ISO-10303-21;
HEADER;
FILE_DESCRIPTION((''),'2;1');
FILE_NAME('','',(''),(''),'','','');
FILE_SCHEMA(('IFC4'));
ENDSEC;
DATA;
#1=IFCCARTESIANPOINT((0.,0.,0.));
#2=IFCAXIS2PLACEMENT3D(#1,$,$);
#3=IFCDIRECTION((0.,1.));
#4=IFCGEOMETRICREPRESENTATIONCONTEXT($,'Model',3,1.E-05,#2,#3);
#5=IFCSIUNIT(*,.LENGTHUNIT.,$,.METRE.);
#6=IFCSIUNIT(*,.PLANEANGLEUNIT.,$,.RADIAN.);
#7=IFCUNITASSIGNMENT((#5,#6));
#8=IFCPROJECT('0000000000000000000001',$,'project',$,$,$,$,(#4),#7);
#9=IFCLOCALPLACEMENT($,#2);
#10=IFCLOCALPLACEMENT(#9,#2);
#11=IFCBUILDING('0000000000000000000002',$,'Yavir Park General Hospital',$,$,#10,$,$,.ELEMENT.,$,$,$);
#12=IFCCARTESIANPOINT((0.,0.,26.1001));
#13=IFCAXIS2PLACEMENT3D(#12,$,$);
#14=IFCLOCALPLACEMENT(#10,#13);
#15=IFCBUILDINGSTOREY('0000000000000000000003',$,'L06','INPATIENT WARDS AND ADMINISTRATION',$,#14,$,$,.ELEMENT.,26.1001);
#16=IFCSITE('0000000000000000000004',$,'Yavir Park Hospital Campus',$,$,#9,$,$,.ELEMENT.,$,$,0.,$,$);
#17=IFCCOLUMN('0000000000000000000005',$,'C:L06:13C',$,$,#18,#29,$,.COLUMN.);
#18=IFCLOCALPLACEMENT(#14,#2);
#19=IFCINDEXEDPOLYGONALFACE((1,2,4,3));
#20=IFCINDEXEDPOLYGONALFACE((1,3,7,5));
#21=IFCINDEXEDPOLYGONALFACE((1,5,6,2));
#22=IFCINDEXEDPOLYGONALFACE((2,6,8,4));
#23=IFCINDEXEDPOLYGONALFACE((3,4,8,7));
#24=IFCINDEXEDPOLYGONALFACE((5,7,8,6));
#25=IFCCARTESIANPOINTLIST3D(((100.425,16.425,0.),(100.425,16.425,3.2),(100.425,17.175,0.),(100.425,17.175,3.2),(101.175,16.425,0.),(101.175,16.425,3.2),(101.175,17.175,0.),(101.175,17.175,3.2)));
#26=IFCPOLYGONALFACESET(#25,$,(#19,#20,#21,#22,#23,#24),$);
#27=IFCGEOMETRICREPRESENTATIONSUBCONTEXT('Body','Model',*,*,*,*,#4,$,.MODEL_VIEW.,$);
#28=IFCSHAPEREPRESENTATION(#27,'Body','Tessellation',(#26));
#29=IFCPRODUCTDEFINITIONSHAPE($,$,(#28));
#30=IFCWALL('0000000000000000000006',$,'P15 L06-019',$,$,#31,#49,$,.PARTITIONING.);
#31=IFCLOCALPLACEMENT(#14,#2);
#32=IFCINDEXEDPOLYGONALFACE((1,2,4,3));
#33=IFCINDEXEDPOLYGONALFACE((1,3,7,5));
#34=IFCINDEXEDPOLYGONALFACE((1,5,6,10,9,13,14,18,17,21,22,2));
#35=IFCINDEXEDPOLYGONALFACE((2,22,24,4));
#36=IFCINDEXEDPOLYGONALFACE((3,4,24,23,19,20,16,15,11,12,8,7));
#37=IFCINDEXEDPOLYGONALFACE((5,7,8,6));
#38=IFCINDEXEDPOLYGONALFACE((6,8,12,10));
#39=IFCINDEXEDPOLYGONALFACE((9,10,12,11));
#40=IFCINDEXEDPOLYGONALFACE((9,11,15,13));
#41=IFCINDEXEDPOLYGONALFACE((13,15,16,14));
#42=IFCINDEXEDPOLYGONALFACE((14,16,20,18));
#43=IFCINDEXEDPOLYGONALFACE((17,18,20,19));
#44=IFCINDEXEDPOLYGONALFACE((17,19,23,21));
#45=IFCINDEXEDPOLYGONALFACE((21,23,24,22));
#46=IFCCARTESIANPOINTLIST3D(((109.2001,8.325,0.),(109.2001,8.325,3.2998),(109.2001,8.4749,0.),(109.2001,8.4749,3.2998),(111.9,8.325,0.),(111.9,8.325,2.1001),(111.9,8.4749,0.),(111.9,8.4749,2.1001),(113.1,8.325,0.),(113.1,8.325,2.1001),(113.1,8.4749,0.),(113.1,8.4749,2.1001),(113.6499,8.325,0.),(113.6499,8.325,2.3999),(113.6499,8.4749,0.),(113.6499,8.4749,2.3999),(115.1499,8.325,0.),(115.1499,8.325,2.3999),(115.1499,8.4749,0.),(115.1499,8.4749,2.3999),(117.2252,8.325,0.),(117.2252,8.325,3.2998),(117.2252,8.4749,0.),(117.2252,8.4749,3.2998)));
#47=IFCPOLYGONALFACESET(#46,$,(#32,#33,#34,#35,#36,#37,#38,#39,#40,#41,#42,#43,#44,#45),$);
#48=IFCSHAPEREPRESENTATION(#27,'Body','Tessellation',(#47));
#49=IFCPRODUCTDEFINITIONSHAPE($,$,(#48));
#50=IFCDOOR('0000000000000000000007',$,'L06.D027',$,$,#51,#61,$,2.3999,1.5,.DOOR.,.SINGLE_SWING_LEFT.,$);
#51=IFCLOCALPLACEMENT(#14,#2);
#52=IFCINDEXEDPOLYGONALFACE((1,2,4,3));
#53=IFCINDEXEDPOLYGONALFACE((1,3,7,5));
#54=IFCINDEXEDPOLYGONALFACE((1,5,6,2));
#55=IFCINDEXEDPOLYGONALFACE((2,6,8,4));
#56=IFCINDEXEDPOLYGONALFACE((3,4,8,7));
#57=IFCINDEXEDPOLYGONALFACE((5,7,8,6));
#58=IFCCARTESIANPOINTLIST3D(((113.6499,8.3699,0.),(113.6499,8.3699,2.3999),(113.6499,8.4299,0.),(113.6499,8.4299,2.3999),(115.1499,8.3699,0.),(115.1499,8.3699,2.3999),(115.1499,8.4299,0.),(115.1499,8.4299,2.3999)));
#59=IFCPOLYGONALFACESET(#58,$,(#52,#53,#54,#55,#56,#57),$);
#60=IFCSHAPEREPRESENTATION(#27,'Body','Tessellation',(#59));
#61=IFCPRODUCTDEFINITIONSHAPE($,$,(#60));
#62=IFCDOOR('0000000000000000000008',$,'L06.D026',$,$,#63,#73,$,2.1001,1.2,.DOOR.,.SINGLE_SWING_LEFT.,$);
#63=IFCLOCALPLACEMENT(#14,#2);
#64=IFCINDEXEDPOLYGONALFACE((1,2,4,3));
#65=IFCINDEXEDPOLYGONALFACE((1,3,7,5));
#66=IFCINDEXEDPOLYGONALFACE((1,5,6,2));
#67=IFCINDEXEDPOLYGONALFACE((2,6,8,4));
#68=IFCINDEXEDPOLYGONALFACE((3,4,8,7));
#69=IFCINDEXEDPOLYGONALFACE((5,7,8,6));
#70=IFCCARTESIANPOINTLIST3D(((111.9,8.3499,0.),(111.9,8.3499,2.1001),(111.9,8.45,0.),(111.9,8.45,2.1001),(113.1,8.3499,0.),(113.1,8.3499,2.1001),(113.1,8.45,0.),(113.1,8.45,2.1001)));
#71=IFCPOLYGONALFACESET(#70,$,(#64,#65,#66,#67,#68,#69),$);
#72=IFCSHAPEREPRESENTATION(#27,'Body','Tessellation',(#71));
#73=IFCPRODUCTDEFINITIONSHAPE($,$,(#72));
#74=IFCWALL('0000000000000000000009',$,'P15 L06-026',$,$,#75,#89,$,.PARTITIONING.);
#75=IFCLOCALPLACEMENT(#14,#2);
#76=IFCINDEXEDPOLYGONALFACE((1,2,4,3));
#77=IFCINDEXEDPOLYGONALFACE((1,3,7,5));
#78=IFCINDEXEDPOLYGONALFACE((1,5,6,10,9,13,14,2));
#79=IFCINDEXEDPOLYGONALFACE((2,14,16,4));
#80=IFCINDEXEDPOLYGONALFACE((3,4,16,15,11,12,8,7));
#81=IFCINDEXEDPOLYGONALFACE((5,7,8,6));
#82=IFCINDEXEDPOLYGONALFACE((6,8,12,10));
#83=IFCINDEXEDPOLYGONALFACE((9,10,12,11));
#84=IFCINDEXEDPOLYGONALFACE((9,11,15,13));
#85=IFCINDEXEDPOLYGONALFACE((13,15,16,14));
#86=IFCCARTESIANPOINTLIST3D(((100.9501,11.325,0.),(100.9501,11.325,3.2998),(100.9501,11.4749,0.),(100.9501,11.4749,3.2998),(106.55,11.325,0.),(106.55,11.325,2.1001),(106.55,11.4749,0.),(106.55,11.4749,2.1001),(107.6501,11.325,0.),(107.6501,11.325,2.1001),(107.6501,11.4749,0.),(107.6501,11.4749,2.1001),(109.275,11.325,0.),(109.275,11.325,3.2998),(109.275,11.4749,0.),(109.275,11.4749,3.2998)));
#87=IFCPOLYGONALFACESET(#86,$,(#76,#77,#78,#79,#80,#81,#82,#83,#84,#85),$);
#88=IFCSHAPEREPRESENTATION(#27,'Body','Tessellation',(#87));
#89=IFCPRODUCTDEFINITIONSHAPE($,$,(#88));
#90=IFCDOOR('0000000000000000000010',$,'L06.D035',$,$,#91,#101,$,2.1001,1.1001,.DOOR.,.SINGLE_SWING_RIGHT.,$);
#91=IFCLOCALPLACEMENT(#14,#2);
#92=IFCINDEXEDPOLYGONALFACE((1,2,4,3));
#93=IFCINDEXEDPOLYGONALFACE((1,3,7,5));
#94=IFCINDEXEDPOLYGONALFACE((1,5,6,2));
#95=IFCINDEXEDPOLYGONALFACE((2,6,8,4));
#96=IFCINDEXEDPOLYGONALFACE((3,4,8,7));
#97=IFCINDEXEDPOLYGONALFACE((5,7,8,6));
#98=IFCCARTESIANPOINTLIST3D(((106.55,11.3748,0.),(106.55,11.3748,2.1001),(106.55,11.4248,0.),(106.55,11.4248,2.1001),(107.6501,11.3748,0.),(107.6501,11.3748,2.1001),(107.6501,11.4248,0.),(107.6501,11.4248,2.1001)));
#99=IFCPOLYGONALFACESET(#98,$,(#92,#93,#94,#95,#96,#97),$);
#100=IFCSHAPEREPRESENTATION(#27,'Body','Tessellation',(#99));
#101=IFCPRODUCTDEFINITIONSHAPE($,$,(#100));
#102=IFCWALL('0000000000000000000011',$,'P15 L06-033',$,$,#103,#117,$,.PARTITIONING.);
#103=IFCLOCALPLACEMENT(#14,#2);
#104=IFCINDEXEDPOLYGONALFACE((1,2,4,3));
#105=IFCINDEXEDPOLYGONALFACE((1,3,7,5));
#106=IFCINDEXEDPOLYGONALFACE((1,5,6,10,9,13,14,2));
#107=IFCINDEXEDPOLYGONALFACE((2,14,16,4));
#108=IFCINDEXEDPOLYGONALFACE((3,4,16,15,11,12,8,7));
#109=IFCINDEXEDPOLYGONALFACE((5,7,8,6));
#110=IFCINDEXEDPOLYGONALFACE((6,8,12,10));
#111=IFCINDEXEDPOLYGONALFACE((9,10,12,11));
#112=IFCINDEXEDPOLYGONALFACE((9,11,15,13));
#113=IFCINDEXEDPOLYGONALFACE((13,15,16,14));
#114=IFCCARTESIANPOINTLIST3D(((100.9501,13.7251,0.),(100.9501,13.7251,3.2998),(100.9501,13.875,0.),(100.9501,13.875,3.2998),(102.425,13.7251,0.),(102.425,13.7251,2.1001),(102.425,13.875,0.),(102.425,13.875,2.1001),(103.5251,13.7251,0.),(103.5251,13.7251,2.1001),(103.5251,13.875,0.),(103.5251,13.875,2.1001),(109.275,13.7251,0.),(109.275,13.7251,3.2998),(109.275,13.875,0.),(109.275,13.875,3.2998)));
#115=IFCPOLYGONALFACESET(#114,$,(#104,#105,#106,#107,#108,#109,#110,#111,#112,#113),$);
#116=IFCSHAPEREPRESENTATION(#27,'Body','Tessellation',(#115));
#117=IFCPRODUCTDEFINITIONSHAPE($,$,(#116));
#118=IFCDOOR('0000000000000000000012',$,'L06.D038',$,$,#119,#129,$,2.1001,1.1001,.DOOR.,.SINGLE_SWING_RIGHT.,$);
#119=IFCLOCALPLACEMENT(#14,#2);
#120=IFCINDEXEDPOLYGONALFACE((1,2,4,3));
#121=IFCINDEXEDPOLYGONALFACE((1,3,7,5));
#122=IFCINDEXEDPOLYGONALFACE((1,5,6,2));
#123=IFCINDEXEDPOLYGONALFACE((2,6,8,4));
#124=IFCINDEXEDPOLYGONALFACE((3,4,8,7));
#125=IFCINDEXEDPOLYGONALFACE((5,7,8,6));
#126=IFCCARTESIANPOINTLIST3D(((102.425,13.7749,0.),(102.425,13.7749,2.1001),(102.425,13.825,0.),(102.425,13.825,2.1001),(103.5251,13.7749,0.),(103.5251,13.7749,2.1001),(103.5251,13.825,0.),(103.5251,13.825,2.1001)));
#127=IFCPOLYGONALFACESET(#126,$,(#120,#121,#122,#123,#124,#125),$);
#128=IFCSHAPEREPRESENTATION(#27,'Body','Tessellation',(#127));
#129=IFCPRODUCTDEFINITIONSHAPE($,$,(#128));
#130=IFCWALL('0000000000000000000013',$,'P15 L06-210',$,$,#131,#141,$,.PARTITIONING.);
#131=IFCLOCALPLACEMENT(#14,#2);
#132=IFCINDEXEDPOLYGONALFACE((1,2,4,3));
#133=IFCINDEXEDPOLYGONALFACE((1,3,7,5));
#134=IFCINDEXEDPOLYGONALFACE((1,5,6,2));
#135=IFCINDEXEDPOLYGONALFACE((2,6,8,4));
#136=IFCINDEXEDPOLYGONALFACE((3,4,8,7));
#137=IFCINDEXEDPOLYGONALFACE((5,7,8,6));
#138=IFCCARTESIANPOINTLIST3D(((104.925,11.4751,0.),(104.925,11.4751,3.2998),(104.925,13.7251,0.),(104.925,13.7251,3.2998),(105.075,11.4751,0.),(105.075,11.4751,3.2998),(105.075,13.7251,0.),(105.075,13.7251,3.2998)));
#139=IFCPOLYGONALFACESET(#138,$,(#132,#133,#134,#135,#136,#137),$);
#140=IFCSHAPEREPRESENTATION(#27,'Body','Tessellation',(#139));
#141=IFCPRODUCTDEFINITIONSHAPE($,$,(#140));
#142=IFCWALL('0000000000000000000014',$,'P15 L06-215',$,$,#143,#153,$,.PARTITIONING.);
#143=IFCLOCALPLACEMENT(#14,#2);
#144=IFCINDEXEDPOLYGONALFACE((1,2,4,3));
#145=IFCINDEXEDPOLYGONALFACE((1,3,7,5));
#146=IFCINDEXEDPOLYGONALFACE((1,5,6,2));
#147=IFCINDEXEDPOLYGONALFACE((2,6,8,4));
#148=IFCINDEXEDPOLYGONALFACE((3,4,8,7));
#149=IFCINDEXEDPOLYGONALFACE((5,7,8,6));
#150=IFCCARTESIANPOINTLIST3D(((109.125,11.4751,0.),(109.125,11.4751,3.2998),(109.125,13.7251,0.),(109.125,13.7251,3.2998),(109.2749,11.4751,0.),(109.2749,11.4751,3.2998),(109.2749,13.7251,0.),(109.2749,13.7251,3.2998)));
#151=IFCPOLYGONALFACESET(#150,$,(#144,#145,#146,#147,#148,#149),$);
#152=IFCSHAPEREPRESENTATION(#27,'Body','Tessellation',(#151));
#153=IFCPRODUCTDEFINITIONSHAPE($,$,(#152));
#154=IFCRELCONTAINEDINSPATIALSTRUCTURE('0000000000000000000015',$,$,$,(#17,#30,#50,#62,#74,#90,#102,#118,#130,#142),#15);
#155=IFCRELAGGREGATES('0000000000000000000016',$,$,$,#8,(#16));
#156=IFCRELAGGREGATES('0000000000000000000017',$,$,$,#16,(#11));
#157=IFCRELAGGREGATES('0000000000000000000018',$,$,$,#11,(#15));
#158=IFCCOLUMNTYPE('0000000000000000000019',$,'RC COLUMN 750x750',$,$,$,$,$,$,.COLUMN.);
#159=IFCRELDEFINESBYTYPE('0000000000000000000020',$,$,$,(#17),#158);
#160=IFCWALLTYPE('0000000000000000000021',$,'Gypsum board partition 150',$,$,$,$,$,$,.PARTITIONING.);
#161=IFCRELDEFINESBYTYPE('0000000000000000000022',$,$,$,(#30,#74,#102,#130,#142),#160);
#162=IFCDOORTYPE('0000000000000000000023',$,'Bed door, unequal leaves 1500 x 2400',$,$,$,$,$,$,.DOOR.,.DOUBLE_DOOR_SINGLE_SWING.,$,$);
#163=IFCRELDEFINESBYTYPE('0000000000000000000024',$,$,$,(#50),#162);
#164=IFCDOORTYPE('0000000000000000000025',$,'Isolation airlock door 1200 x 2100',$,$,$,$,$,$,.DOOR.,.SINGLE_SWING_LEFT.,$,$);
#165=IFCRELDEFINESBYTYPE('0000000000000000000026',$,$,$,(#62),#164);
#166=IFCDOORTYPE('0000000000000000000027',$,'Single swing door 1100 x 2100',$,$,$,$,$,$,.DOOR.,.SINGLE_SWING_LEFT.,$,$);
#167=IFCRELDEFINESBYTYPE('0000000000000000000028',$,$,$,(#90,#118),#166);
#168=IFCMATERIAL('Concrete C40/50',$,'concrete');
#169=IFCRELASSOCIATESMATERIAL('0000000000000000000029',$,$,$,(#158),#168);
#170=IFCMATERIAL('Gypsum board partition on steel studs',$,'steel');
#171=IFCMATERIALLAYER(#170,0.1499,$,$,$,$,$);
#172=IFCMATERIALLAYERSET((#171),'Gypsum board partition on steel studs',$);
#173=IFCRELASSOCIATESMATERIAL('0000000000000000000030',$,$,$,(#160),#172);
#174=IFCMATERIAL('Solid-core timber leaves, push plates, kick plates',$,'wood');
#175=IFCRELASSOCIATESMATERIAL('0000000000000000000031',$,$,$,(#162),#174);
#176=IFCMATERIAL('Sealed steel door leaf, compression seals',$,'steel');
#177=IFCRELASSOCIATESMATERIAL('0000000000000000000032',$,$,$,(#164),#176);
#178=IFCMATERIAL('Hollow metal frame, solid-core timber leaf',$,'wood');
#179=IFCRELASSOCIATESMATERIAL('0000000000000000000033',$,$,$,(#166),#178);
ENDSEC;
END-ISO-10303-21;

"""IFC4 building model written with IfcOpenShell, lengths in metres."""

from ifc_helpers import new_model, si_unit, direction, frame, frame_2d, origin, origin_2d, place, context, subcontext, project, spatial, rectangle, extrude, material, layer, layer_set, material_profile, profile_set, type_object, element, fill, save


model = new_model("IFC4")

# Units and contexts
model_context = context("Model", 3, precision=1e-05, world=origin(), true_north=direction((0.0, 1.0)))
body_context = subcontext(model_context, "Body", "Model", "MODEL_VIEW")
ifc_project = project(units=[si_unit("LENGTHUNIT", "METRE"), si_unit("PLANEANGLEUNIT", "RADIAN")], contexts=[model_context])

# Site, building, storey
site_placement = place(None, origin())
site = spatial("IfcSite", under=ifc_project, at=site_placement, Name="Yavir Park Hospital Campus", CompositionType="ELEMENT", RefElevation=0.0)
building_placement = place(site_placement, origin())
building = spatial("IfcBuilding", under=site, at=building_placement, Name="Yavir Park General Hospital", CompositionType="ELEMENT")
storey_placement = place(building_placement, frame((0.0, 0.0, 26.1001)))
storey = spatial("IfcBuildingStorey", under=building, at=storey_placement, Name="L06", Description="INPATIENT WARDS AND ADMINISTRATION", CompositionType="ELEMENT", Elevation=26.1001)

# Column
ifc_material_1 = material(Name="Concrete C40/50", Category="concrete")
ifc_material_profile = material_profile(ifc_material_1, rectangle(XDim=0.75, YDim=0.75, at=origin_2d()), Name="RC750x750")
ifc_profile_set = profile_set([ifc_material_profile], Name="Concrete C40/50")
column_type = type_object("IfcColumnType", Name="RC COLUMN 750x750", PredefinedType="COLUMN", material=ifc_profile_set)
column_placement = place(storey_placement, frame((100.8, 16.8, 0.0), z_axis=(0.0, 0.0, 1.0), x_axis=(1.0, 0.0, 0.0)))
element("IfcColumn", 1, at=column_placement, inside=storey, type_object=column_type, Name="C:L06:13C", PredefinedType="COLUMN", context=body_context, shape_type="SweptSolid", body=[
    extrude(rectangle(XDim=0.75, YDim=0.75, at=origin_2d()), origin(), (0.0, 0.0, 1.0), 3.2),
])

# Wall, openings, doors
ifc_material_2 = material(Name="Gypsum board partition on steel studs", Category="steel")
ifc_layer_1 = layer(ifc_material_2, 0.1499)
ifc_layer_set_1 = layer_set([ifc_layer_1], Name="Gypsum board partition on steel studs")
wall_type_1 = type_object("IfcWallType", Name="Gypsum board partition 150", PredefinedType="PARTITIONING", material=ifc_layer_set_1)
wall_1_placement = place(storey_placement, frame((109.2, 8.3999, 0.0), z_axis=(0.0, 0.0, 1.0), x_axis=(1.0, 0.0, 0.0)))
wall_1 = element("IfcWall", 2, at=wall_1_placement, inside=storey, type_object=wall_type_1, Name="P15 L06-019", PredefinedType="PARTITIONING", context=body_context, shape_type="SweptSolid", body=[
    extrude(rectangle(XDim=8.0251, YDim=0.1499, at=frame_2d((4.0127, 0.0))), origin(), (0.0, 0.0, 1.0), 3.2998),
])
opening_1_placement = place(wall_1_placement, frame((2.7, 0.0, 0.0)))
opening_1 = element("IfcOpeningElement", 3, at=opening_1_placement, cuts=wall_1, PredefinedType="OPENING", context=body_context, shape_type="SweptSolid", body=[
    extrude(rectangle(XDim=1.2, YDim=2.1001, at=frame_2d((0.6001, 1.05))), frame((0.0, 0.085, 0.0), z_axis=(0.0, -1.0, 0.0), x_axis=(1.0, 0.0, 0.0)), (0.0, 0.0, 1.0), 0.1699),
])
opening_2_placement = place(wall_1_placement, frame((4.45, 0.0, 0.0)))
opening_2 = element("IfcOpeningElement", 4, at=opening_2_placement, cuts=wall_1, PredefinedType="OPENING", context=body_context, shape_type="SweptSolid", body=[
    extrude(rectangle(XDim=1.5, YDim=2.3999, at=frame_2d((0.75, 1.2))), frame((0.0, 0.085, 0.0), z_axis=(0.0, -1.0, 0.0), x_axis=(1.0, 0.0, 0.0)), (0.0, 0.0, 1.0), 0.1699),
])
ifc_material_3 = material(Name="Solid-core timber leaves, push plates, kick plates", Category="wood")
door_type_1 = type_object("IfcDoorType", Name="Bed door, unequal leaves 1500 x 2400", OperationType="DOUBLE_DOOR_SINGLE_SWING", PredefinedType="DOOR", material=ifc_material_3)
door_1_placement = place(opening_2_placement, origin())
door_1 = element("IfcDoor", 5, at=door_1_placement, inside=storey, type_object=door_type_1, Name="L06.D027", OperationType="SINGLE_SWING_LEFT", OverallHeight=2.3999, OverallWidth=1.5, PredefinedType="DOOR", context=body_context, shape_type="SweptSolid", body=[
    extrude(rectangle(XDim=1.5, YDim=2.3999, at=frame_2d((0.75, 1.2))), frame((0.0, 0.03, 0.0), z_axis=(0.0, -1.0, 0.0), x_axis=(1.0, 0.0, 0.0)), (0.0, 0.0, 1.0), 0.0601),
])
fill(opening_2, door_1)
ifc_material_4 = material(Name="Sealed steel door leaf, compression seals", Category="steel")
door_type_2 = type_object("IfcDoorType", Name="Isolation airlock door 1200 x 2100", OperationType="SINGLE_SWING_LEFT", PredefinedType="DOOR", material=ifc_material_4)
door_2_placement = place(opening_1_placement, origin())
door_2 = element("IfcDoor", 6, at=door_2_placement, inside=storey, type_object=door_type_2, Name="L06.D026", OperationType="SINGLE_SWING_LEFT", OverallHeight=2.1001, OverallWidth=1.2, PredefinedType="DOOR", context=body_context, shape_type="SweptSolid", body=[
    extrude(rectangle(XDim=1.2, YDim=2.1001, at=frame_2d((0.6001, 1.05))), frame((0.0, 0.05, 0.0), z_axis=(0.0, -1.0, 0.0), x_axis=(1.0, 0.0, 0.0)), (0.0, 0.0, 1.0), 0.1001),
])
fill(opening_1, door_2)

# Walls, openings, doors
wall_2_placement = place(storey_placement, frame((100.95, 11.3999, 0.0), z_axis=(0.0, 0.0, 1.0), x_axis=(1.0, 0.0, 0.0)))
wall_2 = element("IfcWall", 7, at=wall_2_placement, inside=storey, type_object=wall_type_1, Name="P15 L06-026", PredefinedType="PARTITIONING", context=body_context, shape_type="SweptSolid", body=[
    extrude(rectangle(XDim=8.325, YDim=0.1499, at=frame_2d((4.1626, 0.0))), origin(), (0.0, 0.0, 1.0), 3.2998),
])
opening_3_placement = place(wall_2_placement, frame((5.6001, 0.0, 0.0)))
opening_3 = element("IfcOpeningElement", 8, at=opening_3_placement, cuts=wall_2, PredefinedType="OPENING", context=body_context, shape_type="SweptSolid", body=[
    extrude(rectangle(XDim=1.1001, YDim=2.1001, at=frame_2d((0.55, 1.05))), frame((0.0, 0.085, 0.0), z_axis=(0.0, -1.0, 0.0), x_axis=(1.0, 0.0, 0.0)), (0.0, 0.0, 1.0), 0.1699),
])
ifc_material_5 = material(Name="Hollow metal frame, solid-core timber leaf", Category="wood")
door_type_3 = type_object("IfcDoorType", Name="Single swing door 1100 x 2100", OperationType="SINGLE_SWING_LEFT", PredefinedType="DOOR", material=ifc_material_5)
door_3_placement = place(opening_3_placement, origin())
door_3 = element("IfcDoor", 9, at=door_3_placement, inside=storey, type_object=door_type_3, Name="L06.D035", OperationType="SINGLE_SWING_RIGHT", OverallHeight=2.1001, OverallWidth=1.1001, PredefinedType="DOOR", context=body_context, shape_type="SweptSolid", body=[
    extrude(rectangle(XDim=1.1001, YDim=2.1001, at=frame_2d((0.55, 1.05))), frame((0.0, 0.0249, 0.0), z_axis=(0.0, -1.0, 0.0), x_axis=(1.0, 0.0, 0.0)), (0.0, 0.0, 1.0), 0.05),
])
fill(opening_3, door_3)
wall_3_placement = place(storey_placement, frame((100.95, 13.8, 0.0), z_axis=(0.0, 0.0, 1.0), x_axis=(1.0, 0.0, 0.0)))
wall_3 = element("IfcWall", 10, at=wall_3_placement, inside=storey, type_object=wall_type_1, Name="P15 L06-033", PredefinedType="PARTITIONING", context=body_context, shape_type="SweptSolid", body=[
    extrude(rectangle(XDim=8.325, YDim=0.1499, at=frame_2d((4.1626, 0.0))), origin(), (0.0, 0.0, 1.0), 3.2998),
])
opening_4_placement = place(wall_3_placement, frame((1.4751, 0.0, 0.0)))
opening_4 = element("IfcOpeningElement", 11, at=opening_4_placement, cuts=wall_3, PredefinedType="OPENING", context=body_context, shape_type="SweptSolid", body=[
    extrude(rectangle(XDim=1.1001, YDim=2.1001, at=frame_2d((0.55, 1.05))), frame((0.0, 0.085, 0.0), z_axis=(0.0, -1.0, 0.0), x_axis=(1.0, 0.0, 0.0)), (0.0, 0.0, 1.0), 0.1699),
])
door_4_placement = place(opening_4_placement, origin())
door_4 = element("IfcDoor", 12, at=door_4_placement, inside=storey, type_object=door_type_3, Name="L06.D038", OperationType="SINGLE_SWING_RIGHT", OverallHeight=2.1001, OverallWidth=1.1001, PredefinedType="DOOR", context=body_context, shape_type="SweptSolid", body=[
    extrude(rectangle(XDim=1.1001, YDim=2.1001, at=frame_2d((0.55, 1.05))), frame((0.0, 0.0249, 0.0), z_axis=(0.0, -1.0, 0.0), x_axis=(1.0, 0.0, 0.0)), (0.0, 0.0, 1.0), 0.05),
])
fill(opening_4, door_4)

# Walls
for number, where, z_axis, x_axis, name in (
    (13, (105.0, 11.4751, 0.0), (0.0, 0.0, 1.0), (0.0, 1.0, 0.0), "P15 L06-210"),
    (14, (109.2, 11.4751, 0.0), (0.0, 0.0, 1.0), (0.0, 1.0, 0.0), "P15 L06-215"),
):
    element("IfcWall", number, at=place(storey_placement, frame(where, z_axis=z_axis, x_axis=x_axis)), inside=storey, type_object=wall_type_1, Name=name, PredefinedType="PARTITIONING", context=body_context, shape_type="SweptSolid", body=[
        extrude(rectangle(XDim=2.25, YDim=0.1499, at=frame_2d((1.125, 0.0))), origin(), (0.0, 0.0, 1.0), 3.2998),
    ])

save(model, "model.ifc")
